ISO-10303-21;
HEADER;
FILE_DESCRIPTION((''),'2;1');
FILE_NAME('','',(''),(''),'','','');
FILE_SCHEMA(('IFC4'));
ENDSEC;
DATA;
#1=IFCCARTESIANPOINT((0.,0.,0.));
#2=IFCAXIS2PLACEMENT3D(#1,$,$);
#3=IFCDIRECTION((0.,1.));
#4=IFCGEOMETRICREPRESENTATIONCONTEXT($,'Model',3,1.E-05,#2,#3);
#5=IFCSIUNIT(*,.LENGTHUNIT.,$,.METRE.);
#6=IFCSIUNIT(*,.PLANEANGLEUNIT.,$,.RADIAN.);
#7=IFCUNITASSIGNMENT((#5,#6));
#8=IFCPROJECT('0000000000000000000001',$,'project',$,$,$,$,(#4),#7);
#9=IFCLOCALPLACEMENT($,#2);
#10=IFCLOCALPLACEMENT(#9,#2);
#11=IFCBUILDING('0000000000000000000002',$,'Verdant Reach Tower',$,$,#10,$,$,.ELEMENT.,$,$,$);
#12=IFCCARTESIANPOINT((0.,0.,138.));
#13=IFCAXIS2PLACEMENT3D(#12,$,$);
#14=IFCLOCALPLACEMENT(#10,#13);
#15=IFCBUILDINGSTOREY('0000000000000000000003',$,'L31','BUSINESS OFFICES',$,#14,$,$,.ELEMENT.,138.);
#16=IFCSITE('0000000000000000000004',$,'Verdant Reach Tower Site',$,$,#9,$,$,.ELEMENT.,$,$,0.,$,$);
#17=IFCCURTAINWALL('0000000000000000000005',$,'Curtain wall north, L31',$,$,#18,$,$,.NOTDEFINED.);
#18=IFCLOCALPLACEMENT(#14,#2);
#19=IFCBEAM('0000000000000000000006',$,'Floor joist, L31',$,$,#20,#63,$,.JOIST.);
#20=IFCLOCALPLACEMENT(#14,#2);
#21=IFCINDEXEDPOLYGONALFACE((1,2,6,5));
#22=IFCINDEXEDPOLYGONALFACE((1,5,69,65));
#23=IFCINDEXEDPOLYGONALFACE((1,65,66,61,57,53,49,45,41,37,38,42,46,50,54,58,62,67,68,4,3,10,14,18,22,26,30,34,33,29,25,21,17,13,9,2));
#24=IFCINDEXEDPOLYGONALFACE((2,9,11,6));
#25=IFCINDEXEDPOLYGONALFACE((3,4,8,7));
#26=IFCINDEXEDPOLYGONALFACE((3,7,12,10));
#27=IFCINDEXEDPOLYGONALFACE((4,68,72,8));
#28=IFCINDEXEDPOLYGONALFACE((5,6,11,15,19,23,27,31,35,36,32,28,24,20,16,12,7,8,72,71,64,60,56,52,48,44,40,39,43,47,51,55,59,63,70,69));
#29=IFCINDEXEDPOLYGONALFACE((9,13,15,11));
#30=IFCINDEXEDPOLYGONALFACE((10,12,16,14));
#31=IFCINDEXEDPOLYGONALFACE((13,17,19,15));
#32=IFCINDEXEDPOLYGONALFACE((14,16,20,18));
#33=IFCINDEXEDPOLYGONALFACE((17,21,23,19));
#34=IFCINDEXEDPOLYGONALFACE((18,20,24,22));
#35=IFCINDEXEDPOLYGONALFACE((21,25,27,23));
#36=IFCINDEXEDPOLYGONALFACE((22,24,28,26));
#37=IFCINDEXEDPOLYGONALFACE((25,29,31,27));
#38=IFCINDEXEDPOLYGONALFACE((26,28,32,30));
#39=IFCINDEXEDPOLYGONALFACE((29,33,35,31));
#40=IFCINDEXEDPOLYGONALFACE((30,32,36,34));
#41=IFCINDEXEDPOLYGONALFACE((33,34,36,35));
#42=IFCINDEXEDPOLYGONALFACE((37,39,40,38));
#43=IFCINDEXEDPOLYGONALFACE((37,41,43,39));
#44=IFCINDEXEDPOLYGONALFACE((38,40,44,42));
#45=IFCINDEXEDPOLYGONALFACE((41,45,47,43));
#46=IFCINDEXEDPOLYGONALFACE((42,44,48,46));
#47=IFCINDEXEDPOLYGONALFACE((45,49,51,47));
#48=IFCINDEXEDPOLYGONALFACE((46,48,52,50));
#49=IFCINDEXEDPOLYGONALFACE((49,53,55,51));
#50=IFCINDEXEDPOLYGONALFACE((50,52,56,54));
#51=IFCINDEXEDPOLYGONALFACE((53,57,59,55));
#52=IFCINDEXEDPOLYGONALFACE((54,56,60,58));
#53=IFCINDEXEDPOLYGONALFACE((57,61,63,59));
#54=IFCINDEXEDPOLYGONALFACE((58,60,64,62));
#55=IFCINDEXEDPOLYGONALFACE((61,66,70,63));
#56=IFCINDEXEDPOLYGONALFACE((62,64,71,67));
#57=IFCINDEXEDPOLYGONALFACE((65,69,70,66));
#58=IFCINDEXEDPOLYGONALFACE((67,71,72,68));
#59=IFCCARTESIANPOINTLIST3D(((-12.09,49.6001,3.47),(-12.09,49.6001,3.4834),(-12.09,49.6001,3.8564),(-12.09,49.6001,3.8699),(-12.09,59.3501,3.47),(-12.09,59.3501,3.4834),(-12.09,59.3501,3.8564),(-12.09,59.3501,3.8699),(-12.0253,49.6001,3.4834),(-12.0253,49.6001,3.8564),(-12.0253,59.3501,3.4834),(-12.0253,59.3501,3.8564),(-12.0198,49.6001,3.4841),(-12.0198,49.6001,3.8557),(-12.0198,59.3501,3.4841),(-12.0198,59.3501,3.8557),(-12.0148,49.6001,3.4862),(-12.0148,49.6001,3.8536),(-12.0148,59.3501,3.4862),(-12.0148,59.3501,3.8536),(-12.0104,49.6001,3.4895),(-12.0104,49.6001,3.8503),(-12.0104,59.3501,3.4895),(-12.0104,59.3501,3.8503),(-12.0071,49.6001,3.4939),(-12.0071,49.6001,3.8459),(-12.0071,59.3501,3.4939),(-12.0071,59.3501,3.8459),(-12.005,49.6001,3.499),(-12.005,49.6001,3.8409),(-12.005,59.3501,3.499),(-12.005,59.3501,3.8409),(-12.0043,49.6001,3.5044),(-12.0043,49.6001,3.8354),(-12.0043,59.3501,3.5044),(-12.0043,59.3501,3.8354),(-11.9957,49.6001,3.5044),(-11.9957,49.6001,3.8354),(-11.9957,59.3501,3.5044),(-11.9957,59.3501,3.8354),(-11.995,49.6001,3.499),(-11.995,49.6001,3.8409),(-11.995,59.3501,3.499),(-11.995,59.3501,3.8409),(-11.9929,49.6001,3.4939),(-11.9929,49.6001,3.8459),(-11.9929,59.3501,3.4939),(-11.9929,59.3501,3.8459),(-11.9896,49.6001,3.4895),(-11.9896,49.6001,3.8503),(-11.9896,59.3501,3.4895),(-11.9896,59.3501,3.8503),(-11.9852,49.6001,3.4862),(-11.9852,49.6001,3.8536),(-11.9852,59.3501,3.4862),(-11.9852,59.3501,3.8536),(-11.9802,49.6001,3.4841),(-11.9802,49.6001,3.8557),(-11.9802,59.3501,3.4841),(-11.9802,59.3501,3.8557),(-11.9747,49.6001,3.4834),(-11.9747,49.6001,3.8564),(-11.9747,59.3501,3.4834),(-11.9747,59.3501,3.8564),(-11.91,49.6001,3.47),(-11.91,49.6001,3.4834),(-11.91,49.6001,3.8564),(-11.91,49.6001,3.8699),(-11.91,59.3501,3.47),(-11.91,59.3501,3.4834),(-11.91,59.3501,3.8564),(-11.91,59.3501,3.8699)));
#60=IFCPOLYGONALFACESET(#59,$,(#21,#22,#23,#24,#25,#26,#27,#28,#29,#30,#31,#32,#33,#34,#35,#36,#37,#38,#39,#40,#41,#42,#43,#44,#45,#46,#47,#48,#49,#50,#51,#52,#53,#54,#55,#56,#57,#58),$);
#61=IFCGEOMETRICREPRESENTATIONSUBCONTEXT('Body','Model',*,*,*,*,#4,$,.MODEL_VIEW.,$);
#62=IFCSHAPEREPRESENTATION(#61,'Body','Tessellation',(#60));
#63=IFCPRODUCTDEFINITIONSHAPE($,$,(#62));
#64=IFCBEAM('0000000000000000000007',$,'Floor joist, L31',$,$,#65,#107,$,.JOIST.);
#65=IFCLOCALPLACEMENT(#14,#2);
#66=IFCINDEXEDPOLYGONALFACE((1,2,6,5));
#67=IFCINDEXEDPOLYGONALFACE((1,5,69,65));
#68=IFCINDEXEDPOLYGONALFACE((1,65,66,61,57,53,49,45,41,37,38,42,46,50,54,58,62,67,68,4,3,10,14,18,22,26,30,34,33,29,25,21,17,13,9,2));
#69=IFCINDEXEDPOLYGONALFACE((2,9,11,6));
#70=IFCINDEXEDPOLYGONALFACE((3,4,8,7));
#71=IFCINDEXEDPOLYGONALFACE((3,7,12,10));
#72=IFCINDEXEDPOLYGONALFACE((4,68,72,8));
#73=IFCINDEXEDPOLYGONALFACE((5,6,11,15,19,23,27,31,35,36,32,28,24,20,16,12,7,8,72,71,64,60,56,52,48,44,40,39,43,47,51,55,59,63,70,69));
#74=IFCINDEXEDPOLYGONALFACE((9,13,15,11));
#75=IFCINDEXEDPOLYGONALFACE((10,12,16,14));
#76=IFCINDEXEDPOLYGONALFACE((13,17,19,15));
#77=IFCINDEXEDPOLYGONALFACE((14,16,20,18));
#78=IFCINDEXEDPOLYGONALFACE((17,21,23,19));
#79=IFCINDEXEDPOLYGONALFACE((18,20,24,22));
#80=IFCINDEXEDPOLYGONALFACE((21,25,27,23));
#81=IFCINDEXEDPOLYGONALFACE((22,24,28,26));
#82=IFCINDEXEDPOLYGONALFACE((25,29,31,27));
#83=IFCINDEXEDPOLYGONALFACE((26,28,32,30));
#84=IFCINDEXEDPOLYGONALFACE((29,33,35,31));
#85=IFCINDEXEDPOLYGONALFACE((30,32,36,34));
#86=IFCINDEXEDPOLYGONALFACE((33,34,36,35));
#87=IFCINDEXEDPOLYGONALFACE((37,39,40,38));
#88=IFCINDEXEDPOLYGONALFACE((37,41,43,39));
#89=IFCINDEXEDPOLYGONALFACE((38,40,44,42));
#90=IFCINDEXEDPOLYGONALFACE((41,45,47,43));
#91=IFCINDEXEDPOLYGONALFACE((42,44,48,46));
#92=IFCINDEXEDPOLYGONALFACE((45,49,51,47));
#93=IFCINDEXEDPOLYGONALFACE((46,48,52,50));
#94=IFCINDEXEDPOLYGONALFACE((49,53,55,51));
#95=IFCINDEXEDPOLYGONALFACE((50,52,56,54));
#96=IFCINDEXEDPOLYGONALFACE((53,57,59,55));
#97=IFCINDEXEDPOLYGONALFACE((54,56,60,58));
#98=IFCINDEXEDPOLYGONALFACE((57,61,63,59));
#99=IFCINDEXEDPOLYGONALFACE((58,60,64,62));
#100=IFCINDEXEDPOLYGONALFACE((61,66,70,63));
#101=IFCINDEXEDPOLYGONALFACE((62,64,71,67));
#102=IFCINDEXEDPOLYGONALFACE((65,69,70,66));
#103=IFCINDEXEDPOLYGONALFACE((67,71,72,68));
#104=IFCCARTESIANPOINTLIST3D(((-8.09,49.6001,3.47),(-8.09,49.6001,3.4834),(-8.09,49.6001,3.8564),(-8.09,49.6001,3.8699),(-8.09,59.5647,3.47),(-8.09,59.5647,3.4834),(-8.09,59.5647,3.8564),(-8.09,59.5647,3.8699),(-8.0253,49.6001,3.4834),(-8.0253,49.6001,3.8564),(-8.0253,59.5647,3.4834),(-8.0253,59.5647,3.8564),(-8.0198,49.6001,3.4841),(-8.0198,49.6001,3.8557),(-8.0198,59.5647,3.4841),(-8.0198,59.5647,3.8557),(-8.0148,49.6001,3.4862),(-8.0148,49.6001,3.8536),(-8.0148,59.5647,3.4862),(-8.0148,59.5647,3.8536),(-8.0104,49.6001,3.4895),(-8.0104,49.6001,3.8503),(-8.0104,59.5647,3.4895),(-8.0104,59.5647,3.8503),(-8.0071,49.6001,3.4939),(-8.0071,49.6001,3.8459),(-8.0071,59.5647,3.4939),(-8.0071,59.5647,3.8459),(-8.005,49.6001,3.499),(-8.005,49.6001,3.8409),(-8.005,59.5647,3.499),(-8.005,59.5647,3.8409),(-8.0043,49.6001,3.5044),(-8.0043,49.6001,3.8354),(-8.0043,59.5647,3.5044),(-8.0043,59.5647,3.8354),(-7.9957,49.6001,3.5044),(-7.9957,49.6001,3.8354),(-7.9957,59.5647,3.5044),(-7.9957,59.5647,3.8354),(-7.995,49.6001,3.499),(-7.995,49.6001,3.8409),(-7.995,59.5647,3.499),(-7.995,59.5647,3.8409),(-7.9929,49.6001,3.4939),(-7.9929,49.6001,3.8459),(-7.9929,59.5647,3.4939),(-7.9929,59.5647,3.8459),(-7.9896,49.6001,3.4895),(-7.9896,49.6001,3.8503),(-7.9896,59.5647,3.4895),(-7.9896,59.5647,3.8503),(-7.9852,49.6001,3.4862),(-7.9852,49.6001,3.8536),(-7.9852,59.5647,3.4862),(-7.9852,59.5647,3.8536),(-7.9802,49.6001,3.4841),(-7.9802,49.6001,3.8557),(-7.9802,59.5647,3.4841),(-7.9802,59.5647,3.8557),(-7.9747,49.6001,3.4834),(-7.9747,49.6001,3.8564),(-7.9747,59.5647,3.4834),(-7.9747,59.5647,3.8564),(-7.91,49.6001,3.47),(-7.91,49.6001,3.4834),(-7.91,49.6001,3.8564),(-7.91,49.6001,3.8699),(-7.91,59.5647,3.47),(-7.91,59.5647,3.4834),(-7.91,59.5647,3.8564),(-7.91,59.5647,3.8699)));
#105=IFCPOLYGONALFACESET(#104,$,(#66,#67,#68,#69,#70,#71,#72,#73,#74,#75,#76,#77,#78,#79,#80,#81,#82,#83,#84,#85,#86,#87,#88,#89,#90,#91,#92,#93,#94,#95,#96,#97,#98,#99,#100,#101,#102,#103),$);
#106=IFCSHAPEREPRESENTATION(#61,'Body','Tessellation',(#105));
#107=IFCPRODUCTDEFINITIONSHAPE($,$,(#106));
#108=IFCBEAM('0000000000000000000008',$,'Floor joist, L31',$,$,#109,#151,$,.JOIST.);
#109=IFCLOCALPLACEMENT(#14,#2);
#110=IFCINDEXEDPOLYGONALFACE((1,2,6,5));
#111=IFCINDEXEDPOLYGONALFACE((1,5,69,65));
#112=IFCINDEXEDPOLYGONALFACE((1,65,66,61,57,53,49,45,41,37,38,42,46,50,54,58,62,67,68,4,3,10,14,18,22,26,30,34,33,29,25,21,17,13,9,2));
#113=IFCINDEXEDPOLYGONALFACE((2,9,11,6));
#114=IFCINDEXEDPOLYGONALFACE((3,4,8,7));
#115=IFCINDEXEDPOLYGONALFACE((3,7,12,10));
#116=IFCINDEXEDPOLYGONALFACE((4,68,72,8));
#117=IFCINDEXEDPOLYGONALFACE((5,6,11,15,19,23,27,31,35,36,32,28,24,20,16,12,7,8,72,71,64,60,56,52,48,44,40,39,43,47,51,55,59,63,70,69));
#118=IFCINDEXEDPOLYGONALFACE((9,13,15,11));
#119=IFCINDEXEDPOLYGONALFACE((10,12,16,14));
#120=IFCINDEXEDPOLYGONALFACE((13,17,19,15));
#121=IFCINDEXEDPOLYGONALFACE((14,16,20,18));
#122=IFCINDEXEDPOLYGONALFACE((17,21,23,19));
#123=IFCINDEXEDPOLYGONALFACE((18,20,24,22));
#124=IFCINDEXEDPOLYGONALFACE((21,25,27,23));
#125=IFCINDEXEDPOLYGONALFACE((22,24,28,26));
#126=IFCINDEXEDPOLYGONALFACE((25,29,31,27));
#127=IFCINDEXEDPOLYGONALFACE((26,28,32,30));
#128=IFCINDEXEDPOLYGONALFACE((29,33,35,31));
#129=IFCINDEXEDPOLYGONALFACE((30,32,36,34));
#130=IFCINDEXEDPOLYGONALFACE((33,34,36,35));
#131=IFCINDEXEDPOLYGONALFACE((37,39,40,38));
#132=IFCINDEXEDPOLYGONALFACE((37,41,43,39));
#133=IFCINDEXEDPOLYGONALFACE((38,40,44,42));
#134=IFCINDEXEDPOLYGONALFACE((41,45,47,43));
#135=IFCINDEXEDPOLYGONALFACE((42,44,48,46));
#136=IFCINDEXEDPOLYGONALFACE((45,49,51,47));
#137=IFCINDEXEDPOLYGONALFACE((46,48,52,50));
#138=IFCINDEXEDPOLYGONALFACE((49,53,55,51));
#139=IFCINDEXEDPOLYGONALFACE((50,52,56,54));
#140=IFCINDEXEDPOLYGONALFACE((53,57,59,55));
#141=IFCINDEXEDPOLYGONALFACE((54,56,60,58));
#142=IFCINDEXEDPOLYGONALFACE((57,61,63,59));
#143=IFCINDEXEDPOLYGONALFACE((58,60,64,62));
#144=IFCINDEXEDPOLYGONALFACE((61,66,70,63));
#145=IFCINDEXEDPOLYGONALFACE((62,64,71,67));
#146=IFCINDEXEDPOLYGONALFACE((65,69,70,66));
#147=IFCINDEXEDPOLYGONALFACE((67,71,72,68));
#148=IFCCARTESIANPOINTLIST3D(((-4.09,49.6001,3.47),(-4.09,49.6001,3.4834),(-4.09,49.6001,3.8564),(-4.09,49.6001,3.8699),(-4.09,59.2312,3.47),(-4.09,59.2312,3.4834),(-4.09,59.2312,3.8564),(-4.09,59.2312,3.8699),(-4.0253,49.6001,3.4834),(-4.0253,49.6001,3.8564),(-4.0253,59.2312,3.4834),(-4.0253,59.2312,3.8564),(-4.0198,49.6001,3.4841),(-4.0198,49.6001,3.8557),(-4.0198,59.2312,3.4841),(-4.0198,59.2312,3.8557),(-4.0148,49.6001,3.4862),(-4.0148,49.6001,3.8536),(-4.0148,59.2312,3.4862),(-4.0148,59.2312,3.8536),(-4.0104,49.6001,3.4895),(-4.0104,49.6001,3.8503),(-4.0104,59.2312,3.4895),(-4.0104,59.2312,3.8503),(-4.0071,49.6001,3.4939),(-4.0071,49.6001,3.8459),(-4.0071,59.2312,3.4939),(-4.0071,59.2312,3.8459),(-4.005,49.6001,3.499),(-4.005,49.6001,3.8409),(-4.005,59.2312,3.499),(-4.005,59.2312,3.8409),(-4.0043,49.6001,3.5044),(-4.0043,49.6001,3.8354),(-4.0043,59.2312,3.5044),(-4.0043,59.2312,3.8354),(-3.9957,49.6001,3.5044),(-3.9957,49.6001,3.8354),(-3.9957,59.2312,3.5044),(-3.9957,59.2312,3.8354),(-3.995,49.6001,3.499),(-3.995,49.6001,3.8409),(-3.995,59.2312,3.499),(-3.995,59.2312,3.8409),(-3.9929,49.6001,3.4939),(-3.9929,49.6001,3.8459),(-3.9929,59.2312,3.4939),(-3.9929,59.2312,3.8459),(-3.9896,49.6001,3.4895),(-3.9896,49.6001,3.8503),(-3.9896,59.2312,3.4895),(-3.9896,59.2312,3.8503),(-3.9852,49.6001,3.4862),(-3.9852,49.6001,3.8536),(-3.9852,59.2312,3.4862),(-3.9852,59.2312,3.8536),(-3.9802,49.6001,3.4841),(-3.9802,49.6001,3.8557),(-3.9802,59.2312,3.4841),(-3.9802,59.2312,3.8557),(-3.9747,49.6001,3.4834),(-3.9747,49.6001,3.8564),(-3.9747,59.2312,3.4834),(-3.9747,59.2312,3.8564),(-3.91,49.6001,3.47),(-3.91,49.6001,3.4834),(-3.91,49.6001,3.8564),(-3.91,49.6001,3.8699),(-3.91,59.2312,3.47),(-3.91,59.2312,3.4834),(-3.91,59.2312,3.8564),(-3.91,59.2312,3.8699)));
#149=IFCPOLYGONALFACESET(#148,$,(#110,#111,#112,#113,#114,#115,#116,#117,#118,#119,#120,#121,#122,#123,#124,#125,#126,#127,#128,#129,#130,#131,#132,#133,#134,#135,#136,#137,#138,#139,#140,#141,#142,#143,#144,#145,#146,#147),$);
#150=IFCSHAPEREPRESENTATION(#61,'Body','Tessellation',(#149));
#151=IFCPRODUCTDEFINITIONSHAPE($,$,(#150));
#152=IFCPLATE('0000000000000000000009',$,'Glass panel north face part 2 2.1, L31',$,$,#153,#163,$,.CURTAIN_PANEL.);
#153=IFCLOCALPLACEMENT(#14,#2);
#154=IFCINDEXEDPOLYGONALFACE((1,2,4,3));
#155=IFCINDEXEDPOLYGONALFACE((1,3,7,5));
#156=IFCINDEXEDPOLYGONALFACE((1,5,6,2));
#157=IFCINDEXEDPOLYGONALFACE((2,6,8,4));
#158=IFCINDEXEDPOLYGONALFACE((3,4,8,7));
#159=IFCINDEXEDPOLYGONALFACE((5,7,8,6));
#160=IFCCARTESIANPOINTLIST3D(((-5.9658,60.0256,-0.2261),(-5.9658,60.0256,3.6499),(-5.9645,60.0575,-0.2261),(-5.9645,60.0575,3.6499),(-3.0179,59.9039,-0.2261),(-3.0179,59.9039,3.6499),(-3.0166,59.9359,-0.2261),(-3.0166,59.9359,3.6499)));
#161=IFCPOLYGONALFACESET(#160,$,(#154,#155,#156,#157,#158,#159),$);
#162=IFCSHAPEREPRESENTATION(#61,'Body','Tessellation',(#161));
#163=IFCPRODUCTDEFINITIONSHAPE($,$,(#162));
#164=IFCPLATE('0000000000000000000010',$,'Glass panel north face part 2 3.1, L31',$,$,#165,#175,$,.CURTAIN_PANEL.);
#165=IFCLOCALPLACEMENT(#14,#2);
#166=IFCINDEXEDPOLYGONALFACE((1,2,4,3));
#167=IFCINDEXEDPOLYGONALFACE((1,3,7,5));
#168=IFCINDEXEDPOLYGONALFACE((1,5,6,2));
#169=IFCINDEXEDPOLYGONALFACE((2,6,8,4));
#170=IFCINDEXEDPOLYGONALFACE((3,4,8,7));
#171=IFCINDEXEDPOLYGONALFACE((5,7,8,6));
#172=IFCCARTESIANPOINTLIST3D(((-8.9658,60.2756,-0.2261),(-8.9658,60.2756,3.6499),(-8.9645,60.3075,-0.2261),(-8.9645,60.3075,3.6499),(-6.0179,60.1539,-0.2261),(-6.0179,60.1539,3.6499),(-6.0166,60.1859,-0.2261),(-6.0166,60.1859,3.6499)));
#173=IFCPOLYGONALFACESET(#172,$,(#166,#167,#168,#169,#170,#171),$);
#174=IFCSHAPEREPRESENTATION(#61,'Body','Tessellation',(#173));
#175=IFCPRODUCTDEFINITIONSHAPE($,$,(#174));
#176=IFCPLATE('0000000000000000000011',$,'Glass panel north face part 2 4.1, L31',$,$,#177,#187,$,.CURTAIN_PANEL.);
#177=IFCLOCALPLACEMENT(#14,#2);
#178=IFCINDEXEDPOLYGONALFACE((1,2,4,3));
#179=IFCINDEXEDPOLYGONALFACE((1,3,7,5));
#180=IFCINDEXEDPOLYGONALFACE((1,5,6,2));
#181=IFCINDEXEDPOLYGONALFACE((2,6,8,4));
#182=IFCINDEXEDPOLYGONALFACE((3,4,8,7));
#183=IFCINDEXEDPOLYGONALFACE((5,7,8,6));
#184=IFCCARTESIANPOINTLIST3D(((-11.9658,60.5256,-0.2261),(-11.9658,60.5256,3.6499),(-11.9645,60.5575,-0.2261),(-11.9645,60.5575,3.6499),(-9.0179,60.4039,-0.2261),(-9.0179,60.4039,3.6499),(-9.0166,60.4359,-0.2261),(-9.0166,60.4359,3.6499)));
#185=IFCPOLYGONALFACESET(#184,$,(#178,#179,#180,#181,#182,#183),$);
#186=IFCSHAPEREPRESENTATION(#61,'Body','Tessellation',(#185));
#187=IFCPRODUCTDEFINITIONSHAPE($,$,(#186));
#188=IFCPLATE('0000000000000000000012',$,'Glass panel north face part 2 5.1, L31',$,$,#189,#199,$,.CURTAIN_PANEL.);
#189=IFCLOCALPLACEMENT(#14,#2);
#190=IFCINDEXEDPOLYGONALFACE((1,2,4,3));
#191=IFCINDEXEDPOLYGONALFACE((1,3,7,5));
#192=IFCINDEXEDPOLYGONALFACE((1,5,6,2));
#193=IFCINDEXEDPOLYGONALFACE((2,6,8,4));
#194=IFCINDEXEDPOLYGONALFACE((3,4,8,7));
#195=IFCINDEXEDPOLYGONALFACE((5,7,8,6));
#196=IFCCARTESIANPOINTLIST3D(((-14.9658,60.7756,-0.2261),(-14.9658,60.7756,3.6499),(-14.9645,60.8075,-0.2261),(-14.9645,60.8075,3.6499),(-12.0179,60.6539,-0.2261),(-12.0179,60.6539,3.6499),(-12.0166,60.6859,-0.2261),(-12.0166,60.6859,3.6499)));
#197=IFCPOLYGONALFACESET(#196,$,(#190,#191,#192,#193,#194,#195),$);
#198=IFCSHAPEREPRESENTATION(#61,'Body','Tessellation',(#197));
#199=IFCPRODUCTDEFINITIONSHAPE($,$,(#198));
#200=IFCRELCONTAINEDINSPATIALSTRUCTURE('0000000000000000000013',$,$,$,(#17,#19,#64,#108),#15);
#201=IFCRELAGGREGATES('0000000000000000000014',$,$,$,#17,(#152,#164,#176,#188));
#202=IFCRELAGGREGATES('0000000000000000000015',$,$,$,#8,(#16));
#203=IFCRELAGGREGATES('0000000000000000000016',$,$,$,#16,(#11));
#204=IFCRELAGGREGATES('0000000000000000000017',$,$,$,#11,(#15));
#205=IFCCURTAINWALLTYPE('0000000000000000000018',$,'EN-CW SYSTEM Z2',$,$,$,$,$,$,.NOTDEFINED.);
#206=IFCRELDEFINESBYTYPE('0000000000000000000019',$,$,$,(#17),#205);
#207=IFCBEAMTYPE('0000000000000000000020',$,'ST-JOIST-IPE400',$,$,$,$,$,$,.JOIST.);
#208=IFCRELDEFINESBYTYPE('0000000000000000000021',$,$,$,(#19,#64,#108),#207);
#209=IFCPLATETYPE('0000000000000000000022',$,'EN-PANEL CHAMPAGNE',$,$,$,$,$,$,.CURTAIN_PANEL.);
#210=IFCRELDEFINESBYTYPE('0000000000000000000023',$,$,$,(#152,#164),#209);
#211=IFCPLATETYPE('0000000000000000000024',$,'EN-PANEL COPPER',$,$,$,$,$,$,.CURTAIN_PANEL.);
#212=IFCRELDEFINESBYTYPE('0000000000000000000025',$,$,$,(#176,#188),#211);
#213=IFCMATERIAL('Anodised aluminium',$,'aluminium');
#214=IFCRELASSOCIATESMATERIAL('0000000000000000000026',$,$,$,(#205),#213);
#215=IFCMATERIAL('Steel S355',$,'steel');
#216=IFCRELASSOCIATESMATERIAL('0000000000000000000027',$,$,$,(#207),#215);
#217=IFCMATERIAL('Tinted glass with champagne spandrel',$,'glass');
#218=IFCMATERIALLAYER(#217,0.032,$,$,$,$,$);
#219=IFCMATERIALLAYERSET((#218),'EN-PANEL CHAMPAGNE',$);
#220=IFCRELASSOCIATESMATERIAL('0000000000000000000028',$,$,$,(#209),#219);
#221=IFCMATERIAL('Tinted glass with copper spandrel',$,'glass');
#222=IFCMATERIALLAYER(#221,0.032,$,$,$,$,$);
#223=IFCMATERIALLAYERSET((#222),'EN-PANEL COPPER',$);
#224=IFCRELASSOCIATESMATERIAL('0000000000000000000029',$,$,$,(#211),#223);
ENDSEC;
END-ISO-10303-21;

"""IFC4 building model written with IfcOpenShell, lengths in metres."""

from ifc_helpers import new_model, si_unit, direction, frame, origin, origin_2d, place, context, subcontext, project, spatial, rectangle, i_section, extrude, material, layer, layer_set, material_profile, profile_set, type_object, element, aggregate, save


model = new_model("IFC4")

# Units and contexts
model_context = context("Model", 3, precision=1e-05, world=origin(), true_north=direction((0.0, 1.0)))
body_context = subcontext(model_context, "Body", "Model", "MODEL_VIEW")
ifc_project = project(units=[si_unit("LENGTHUNIT", "METRE"), si_unit("PLANEANGLEUNIT", "RADIAN")], contexts=[model_context])

# Site, building, storey
site_placement = place(None, origin())
site = spatial("IfcSite", under=ifc_project, at=site_placement, Name="Verdant Reach Tower Site", CompositionType="ELEMENT", RefElevation=0.0)
building_placement = place(site_placement, origin())
building = spatial("IfcBuilding", under=site, at=building_placement, Name="Verdant Reach Tower", CompositionType="ELEMENT")
storey_placement = place(building_placement, frame((0.0, 0.0, 138.0)))
storey = spatial("IfcBuildingStorey", under=building, at=storey_placement, Name="L31", Description="BUSINESS OFFICES", CompositionType="ELEMENT", Elevation=138.0)

# Curtain wall
ifc_material_1 = material(Name="Anodised aluminium", Category="aluminium")
curtain_wall_type = type_object("IfcCurtainWallType", Name="EN-CW SYSTEM Z2", PredefinedType="NOTDEFINED", material=ifc_material_1)
curtain_wall_placement = place(storey_placement, origin())
curtain_wall = element("IfcCurtainWall", 1, at=curtain_wall_placement, inside=storey, type_object=curtain_wall_type, Name="Curtain wall north, L31", PredefinedType="NOTDEFINED")

# Beams
ifc_material_2 = material(Name="Steel S355", Category="steel")
ifc_material_profile_1 = material_profile(ifc_material_2, i_section(OverallWidth=0.1799, OverallDepth=0.3999, WebThickness=0.0085, FlangeThickness=0.0134, FilletRadius=0.021, at=origin_2d()), Name="IPE 400")
ifc_profile_set_1 = profile_set([ifc_material_profile_1], Name="Steel S355")
beam_type_1 = type_object("IfcBeamType", Name="ST-JOIST-IPE400", PredefinedType="JOIST", material=ifc_profile_set_1)
beam_1_placement = place(storey_placement, frame((-12.0, 49.6001, 3.6699), z_axis=(0.0, 1.0, 0.0), x_axis=(-1.0, 0.0, 0.0)))
element("IfcBeam", 2, at=beam_1_placement, inside=storey, type_object=beam_type_1, Name="Floor joist, L31", PredefinedType="JOIST", context=body_context, shape_type="SweptSolid", body=[
    extrude(i_section(OverallWidth=0.1799, OverallDepth=0.3999, WebThickness=0.0085, FlangeThickness=0.0134, FilletRadius=0.021, at=origin_2d()), origin(), (0.0, 0.0, 1.0), 9.75),
])
beam_2_placement = place(storey_placement, frame((-8.0, 49.6001, 3.6699), z_axis=(0.0, 1.0, 0.0), x_axis=(-1.0, 0.0, 0.0)))
element("IfcBeam", 3, at=beam_2_placement, inside=storey, type_object=beam_type_1, Name="Floor joist, L31", PredefinedType="JOIST", context=body_context, shape_type="SweptSolid", body=[
    extrude(i_section(OverallWidth=0.1799, OverallDepth=0.3999, WebThickness=0.0085, FlangeThickness=0.0134, FilletRadius=0.021, at=origin_2d()), origin(), (0.0, 0.0, 1.0), 9.9646),
])
beam_3_placement = place(storey_placement, frame((-4.0, 49.6001, 3.6699), z_axis=(0.0, 1.0, 0.0), x_axis=(-1.0, 0.0, 0.0)))
element("IfcBeam", 4, at=beam_3_placement, inside=storey, type_object=beam_type_1, Name="Floor joist, L31", PredefinedType="JOIST", context=body_context, shape_type="SweptSolid", body=[
    extrude(i_section(OverallWidth=0.1799, OverallDepth=0.3999, WebThickness=0.0085, FlangeThickness=0.0134, FilletRadius=0.021, at=origin_2d()), origin(), (0.0, 0.0, 1.0), 9.6311),
])

# Plates
ifc_material_3 = material(Name="Tinted glass with champagne spandrel", Category="glass")
ifc_layer_1 = layer(ifc_material_3, 0.032)
ifc_layer_set_1 = layer_set([ifc_layer_1], Name="EN-PANEL CHAMPAGNE")
plate_type_1 = type_object("IfcPlateType", Name="EN-PANEL CHAMPAGNE", PredefinedType="CURTAIN_PANEL", material=ifc_layer_set_1)
plate_1_placement = place(storey_placement, frame((-4.4912, 59.9807, -0.2261), z_axis=(0.0, 0.0, 1.0), x_axis=(-0.999149, 0.041242, 0.0)))
plate_1 = element("IfcPlate", 5, at=plate_1_placement, type_object=plate_type_1, Name="Glass panel north face part 2 2.1, L31", PredefinedType="CURTAIN_PANEL", context=body_context, shape_type="SweptSolid", body=[
    extrude(rectangle(XDim=2.9504, YDim=0.032, at=origin_2d()), origin(), (0.0, 0.0, 1.0), 3.876),
])
plate_2_placement = place(storey_placement, frame((-7.4912, 60.2307, -0.2261), z_axis=(0.0, 0.0, 1.0), x_axis=(-0.999149, 0.041242, 0.0)))
plate_2 = element("IfcPlate", 6, at=plate_2_placement, type_object=plate_type_1, Name="Glass panel north face part 2 3.1, L31", PredefinedType="CURTAIN_PANEL", context=body_context, shape_type="SweptSolid", body=[
    extrude(rectangle(XDim=2.9504, YDim=0.032, at=origin_2d()), origin(), (0.0, 0.0, 1.0), 3.876),
])
ifc_material_4 = material(Name="Tinted glass with copper spandrel", Category="glass")
ifc_layer_2 = layer(ifc_material_4, 0.032)
ifc_layer_set_2 = layer_set([ifc_layer_2], Name="EN-PANEL COPPER")
plate_type_2 = type_object("IfcPlateType", Name="EN-PANEL COPPER", PredefinedType="CURTAIN_PANEL", material=ifc_layer_set_2)
plate_3_placement = place(storey_placement, frame((-10.4912, 60.4807, -0.2261), z_axis=(0.0, 0.0, 1.0), x_axis=(-0.999149, 0.041242, 0.0)))
plate_3 = element("IfcPlate", 7, at=plate_3_placement, type_object=plate_type_2, Name="Glass panel north face part 2 4.1, L31", PredefinedType="CURTAIN_PANEL", context=body_context, shape_type="SweptSolid", body=[
    extrude(rectangle(XDim=2.9504, YDim=0.032, at=origin_2d()), origin(), (0.0, 0.0, 1.0), 3.876),
])
plate_4_placement = place(storey_placement, frame((-13.4912, 60.7307, -0.2261), z_axis=(0.0, 0.0, 1.0), x_axis=(-0.999149, 0.041242, 0.0)))
plate_4 = element("IfcPlate", 8, at=plate_4_placement, type_object=plate_type_2, Name="Glass panel north face part 2 5.1, L31", PredefinedType="CURTAIN_PANEL", context=body_context, shape_type="SweptSolid", body=[
    extrude(rectangle(XDim=2.9504, YDim=0.032, at=origin_2d()), origin(), (0.0, 0.0, 1.0), 3.876),
])
aggregate(curtain_wall, [plate_1, plate_2, plate_3, plate_4])

save(model, "model.ifc")
